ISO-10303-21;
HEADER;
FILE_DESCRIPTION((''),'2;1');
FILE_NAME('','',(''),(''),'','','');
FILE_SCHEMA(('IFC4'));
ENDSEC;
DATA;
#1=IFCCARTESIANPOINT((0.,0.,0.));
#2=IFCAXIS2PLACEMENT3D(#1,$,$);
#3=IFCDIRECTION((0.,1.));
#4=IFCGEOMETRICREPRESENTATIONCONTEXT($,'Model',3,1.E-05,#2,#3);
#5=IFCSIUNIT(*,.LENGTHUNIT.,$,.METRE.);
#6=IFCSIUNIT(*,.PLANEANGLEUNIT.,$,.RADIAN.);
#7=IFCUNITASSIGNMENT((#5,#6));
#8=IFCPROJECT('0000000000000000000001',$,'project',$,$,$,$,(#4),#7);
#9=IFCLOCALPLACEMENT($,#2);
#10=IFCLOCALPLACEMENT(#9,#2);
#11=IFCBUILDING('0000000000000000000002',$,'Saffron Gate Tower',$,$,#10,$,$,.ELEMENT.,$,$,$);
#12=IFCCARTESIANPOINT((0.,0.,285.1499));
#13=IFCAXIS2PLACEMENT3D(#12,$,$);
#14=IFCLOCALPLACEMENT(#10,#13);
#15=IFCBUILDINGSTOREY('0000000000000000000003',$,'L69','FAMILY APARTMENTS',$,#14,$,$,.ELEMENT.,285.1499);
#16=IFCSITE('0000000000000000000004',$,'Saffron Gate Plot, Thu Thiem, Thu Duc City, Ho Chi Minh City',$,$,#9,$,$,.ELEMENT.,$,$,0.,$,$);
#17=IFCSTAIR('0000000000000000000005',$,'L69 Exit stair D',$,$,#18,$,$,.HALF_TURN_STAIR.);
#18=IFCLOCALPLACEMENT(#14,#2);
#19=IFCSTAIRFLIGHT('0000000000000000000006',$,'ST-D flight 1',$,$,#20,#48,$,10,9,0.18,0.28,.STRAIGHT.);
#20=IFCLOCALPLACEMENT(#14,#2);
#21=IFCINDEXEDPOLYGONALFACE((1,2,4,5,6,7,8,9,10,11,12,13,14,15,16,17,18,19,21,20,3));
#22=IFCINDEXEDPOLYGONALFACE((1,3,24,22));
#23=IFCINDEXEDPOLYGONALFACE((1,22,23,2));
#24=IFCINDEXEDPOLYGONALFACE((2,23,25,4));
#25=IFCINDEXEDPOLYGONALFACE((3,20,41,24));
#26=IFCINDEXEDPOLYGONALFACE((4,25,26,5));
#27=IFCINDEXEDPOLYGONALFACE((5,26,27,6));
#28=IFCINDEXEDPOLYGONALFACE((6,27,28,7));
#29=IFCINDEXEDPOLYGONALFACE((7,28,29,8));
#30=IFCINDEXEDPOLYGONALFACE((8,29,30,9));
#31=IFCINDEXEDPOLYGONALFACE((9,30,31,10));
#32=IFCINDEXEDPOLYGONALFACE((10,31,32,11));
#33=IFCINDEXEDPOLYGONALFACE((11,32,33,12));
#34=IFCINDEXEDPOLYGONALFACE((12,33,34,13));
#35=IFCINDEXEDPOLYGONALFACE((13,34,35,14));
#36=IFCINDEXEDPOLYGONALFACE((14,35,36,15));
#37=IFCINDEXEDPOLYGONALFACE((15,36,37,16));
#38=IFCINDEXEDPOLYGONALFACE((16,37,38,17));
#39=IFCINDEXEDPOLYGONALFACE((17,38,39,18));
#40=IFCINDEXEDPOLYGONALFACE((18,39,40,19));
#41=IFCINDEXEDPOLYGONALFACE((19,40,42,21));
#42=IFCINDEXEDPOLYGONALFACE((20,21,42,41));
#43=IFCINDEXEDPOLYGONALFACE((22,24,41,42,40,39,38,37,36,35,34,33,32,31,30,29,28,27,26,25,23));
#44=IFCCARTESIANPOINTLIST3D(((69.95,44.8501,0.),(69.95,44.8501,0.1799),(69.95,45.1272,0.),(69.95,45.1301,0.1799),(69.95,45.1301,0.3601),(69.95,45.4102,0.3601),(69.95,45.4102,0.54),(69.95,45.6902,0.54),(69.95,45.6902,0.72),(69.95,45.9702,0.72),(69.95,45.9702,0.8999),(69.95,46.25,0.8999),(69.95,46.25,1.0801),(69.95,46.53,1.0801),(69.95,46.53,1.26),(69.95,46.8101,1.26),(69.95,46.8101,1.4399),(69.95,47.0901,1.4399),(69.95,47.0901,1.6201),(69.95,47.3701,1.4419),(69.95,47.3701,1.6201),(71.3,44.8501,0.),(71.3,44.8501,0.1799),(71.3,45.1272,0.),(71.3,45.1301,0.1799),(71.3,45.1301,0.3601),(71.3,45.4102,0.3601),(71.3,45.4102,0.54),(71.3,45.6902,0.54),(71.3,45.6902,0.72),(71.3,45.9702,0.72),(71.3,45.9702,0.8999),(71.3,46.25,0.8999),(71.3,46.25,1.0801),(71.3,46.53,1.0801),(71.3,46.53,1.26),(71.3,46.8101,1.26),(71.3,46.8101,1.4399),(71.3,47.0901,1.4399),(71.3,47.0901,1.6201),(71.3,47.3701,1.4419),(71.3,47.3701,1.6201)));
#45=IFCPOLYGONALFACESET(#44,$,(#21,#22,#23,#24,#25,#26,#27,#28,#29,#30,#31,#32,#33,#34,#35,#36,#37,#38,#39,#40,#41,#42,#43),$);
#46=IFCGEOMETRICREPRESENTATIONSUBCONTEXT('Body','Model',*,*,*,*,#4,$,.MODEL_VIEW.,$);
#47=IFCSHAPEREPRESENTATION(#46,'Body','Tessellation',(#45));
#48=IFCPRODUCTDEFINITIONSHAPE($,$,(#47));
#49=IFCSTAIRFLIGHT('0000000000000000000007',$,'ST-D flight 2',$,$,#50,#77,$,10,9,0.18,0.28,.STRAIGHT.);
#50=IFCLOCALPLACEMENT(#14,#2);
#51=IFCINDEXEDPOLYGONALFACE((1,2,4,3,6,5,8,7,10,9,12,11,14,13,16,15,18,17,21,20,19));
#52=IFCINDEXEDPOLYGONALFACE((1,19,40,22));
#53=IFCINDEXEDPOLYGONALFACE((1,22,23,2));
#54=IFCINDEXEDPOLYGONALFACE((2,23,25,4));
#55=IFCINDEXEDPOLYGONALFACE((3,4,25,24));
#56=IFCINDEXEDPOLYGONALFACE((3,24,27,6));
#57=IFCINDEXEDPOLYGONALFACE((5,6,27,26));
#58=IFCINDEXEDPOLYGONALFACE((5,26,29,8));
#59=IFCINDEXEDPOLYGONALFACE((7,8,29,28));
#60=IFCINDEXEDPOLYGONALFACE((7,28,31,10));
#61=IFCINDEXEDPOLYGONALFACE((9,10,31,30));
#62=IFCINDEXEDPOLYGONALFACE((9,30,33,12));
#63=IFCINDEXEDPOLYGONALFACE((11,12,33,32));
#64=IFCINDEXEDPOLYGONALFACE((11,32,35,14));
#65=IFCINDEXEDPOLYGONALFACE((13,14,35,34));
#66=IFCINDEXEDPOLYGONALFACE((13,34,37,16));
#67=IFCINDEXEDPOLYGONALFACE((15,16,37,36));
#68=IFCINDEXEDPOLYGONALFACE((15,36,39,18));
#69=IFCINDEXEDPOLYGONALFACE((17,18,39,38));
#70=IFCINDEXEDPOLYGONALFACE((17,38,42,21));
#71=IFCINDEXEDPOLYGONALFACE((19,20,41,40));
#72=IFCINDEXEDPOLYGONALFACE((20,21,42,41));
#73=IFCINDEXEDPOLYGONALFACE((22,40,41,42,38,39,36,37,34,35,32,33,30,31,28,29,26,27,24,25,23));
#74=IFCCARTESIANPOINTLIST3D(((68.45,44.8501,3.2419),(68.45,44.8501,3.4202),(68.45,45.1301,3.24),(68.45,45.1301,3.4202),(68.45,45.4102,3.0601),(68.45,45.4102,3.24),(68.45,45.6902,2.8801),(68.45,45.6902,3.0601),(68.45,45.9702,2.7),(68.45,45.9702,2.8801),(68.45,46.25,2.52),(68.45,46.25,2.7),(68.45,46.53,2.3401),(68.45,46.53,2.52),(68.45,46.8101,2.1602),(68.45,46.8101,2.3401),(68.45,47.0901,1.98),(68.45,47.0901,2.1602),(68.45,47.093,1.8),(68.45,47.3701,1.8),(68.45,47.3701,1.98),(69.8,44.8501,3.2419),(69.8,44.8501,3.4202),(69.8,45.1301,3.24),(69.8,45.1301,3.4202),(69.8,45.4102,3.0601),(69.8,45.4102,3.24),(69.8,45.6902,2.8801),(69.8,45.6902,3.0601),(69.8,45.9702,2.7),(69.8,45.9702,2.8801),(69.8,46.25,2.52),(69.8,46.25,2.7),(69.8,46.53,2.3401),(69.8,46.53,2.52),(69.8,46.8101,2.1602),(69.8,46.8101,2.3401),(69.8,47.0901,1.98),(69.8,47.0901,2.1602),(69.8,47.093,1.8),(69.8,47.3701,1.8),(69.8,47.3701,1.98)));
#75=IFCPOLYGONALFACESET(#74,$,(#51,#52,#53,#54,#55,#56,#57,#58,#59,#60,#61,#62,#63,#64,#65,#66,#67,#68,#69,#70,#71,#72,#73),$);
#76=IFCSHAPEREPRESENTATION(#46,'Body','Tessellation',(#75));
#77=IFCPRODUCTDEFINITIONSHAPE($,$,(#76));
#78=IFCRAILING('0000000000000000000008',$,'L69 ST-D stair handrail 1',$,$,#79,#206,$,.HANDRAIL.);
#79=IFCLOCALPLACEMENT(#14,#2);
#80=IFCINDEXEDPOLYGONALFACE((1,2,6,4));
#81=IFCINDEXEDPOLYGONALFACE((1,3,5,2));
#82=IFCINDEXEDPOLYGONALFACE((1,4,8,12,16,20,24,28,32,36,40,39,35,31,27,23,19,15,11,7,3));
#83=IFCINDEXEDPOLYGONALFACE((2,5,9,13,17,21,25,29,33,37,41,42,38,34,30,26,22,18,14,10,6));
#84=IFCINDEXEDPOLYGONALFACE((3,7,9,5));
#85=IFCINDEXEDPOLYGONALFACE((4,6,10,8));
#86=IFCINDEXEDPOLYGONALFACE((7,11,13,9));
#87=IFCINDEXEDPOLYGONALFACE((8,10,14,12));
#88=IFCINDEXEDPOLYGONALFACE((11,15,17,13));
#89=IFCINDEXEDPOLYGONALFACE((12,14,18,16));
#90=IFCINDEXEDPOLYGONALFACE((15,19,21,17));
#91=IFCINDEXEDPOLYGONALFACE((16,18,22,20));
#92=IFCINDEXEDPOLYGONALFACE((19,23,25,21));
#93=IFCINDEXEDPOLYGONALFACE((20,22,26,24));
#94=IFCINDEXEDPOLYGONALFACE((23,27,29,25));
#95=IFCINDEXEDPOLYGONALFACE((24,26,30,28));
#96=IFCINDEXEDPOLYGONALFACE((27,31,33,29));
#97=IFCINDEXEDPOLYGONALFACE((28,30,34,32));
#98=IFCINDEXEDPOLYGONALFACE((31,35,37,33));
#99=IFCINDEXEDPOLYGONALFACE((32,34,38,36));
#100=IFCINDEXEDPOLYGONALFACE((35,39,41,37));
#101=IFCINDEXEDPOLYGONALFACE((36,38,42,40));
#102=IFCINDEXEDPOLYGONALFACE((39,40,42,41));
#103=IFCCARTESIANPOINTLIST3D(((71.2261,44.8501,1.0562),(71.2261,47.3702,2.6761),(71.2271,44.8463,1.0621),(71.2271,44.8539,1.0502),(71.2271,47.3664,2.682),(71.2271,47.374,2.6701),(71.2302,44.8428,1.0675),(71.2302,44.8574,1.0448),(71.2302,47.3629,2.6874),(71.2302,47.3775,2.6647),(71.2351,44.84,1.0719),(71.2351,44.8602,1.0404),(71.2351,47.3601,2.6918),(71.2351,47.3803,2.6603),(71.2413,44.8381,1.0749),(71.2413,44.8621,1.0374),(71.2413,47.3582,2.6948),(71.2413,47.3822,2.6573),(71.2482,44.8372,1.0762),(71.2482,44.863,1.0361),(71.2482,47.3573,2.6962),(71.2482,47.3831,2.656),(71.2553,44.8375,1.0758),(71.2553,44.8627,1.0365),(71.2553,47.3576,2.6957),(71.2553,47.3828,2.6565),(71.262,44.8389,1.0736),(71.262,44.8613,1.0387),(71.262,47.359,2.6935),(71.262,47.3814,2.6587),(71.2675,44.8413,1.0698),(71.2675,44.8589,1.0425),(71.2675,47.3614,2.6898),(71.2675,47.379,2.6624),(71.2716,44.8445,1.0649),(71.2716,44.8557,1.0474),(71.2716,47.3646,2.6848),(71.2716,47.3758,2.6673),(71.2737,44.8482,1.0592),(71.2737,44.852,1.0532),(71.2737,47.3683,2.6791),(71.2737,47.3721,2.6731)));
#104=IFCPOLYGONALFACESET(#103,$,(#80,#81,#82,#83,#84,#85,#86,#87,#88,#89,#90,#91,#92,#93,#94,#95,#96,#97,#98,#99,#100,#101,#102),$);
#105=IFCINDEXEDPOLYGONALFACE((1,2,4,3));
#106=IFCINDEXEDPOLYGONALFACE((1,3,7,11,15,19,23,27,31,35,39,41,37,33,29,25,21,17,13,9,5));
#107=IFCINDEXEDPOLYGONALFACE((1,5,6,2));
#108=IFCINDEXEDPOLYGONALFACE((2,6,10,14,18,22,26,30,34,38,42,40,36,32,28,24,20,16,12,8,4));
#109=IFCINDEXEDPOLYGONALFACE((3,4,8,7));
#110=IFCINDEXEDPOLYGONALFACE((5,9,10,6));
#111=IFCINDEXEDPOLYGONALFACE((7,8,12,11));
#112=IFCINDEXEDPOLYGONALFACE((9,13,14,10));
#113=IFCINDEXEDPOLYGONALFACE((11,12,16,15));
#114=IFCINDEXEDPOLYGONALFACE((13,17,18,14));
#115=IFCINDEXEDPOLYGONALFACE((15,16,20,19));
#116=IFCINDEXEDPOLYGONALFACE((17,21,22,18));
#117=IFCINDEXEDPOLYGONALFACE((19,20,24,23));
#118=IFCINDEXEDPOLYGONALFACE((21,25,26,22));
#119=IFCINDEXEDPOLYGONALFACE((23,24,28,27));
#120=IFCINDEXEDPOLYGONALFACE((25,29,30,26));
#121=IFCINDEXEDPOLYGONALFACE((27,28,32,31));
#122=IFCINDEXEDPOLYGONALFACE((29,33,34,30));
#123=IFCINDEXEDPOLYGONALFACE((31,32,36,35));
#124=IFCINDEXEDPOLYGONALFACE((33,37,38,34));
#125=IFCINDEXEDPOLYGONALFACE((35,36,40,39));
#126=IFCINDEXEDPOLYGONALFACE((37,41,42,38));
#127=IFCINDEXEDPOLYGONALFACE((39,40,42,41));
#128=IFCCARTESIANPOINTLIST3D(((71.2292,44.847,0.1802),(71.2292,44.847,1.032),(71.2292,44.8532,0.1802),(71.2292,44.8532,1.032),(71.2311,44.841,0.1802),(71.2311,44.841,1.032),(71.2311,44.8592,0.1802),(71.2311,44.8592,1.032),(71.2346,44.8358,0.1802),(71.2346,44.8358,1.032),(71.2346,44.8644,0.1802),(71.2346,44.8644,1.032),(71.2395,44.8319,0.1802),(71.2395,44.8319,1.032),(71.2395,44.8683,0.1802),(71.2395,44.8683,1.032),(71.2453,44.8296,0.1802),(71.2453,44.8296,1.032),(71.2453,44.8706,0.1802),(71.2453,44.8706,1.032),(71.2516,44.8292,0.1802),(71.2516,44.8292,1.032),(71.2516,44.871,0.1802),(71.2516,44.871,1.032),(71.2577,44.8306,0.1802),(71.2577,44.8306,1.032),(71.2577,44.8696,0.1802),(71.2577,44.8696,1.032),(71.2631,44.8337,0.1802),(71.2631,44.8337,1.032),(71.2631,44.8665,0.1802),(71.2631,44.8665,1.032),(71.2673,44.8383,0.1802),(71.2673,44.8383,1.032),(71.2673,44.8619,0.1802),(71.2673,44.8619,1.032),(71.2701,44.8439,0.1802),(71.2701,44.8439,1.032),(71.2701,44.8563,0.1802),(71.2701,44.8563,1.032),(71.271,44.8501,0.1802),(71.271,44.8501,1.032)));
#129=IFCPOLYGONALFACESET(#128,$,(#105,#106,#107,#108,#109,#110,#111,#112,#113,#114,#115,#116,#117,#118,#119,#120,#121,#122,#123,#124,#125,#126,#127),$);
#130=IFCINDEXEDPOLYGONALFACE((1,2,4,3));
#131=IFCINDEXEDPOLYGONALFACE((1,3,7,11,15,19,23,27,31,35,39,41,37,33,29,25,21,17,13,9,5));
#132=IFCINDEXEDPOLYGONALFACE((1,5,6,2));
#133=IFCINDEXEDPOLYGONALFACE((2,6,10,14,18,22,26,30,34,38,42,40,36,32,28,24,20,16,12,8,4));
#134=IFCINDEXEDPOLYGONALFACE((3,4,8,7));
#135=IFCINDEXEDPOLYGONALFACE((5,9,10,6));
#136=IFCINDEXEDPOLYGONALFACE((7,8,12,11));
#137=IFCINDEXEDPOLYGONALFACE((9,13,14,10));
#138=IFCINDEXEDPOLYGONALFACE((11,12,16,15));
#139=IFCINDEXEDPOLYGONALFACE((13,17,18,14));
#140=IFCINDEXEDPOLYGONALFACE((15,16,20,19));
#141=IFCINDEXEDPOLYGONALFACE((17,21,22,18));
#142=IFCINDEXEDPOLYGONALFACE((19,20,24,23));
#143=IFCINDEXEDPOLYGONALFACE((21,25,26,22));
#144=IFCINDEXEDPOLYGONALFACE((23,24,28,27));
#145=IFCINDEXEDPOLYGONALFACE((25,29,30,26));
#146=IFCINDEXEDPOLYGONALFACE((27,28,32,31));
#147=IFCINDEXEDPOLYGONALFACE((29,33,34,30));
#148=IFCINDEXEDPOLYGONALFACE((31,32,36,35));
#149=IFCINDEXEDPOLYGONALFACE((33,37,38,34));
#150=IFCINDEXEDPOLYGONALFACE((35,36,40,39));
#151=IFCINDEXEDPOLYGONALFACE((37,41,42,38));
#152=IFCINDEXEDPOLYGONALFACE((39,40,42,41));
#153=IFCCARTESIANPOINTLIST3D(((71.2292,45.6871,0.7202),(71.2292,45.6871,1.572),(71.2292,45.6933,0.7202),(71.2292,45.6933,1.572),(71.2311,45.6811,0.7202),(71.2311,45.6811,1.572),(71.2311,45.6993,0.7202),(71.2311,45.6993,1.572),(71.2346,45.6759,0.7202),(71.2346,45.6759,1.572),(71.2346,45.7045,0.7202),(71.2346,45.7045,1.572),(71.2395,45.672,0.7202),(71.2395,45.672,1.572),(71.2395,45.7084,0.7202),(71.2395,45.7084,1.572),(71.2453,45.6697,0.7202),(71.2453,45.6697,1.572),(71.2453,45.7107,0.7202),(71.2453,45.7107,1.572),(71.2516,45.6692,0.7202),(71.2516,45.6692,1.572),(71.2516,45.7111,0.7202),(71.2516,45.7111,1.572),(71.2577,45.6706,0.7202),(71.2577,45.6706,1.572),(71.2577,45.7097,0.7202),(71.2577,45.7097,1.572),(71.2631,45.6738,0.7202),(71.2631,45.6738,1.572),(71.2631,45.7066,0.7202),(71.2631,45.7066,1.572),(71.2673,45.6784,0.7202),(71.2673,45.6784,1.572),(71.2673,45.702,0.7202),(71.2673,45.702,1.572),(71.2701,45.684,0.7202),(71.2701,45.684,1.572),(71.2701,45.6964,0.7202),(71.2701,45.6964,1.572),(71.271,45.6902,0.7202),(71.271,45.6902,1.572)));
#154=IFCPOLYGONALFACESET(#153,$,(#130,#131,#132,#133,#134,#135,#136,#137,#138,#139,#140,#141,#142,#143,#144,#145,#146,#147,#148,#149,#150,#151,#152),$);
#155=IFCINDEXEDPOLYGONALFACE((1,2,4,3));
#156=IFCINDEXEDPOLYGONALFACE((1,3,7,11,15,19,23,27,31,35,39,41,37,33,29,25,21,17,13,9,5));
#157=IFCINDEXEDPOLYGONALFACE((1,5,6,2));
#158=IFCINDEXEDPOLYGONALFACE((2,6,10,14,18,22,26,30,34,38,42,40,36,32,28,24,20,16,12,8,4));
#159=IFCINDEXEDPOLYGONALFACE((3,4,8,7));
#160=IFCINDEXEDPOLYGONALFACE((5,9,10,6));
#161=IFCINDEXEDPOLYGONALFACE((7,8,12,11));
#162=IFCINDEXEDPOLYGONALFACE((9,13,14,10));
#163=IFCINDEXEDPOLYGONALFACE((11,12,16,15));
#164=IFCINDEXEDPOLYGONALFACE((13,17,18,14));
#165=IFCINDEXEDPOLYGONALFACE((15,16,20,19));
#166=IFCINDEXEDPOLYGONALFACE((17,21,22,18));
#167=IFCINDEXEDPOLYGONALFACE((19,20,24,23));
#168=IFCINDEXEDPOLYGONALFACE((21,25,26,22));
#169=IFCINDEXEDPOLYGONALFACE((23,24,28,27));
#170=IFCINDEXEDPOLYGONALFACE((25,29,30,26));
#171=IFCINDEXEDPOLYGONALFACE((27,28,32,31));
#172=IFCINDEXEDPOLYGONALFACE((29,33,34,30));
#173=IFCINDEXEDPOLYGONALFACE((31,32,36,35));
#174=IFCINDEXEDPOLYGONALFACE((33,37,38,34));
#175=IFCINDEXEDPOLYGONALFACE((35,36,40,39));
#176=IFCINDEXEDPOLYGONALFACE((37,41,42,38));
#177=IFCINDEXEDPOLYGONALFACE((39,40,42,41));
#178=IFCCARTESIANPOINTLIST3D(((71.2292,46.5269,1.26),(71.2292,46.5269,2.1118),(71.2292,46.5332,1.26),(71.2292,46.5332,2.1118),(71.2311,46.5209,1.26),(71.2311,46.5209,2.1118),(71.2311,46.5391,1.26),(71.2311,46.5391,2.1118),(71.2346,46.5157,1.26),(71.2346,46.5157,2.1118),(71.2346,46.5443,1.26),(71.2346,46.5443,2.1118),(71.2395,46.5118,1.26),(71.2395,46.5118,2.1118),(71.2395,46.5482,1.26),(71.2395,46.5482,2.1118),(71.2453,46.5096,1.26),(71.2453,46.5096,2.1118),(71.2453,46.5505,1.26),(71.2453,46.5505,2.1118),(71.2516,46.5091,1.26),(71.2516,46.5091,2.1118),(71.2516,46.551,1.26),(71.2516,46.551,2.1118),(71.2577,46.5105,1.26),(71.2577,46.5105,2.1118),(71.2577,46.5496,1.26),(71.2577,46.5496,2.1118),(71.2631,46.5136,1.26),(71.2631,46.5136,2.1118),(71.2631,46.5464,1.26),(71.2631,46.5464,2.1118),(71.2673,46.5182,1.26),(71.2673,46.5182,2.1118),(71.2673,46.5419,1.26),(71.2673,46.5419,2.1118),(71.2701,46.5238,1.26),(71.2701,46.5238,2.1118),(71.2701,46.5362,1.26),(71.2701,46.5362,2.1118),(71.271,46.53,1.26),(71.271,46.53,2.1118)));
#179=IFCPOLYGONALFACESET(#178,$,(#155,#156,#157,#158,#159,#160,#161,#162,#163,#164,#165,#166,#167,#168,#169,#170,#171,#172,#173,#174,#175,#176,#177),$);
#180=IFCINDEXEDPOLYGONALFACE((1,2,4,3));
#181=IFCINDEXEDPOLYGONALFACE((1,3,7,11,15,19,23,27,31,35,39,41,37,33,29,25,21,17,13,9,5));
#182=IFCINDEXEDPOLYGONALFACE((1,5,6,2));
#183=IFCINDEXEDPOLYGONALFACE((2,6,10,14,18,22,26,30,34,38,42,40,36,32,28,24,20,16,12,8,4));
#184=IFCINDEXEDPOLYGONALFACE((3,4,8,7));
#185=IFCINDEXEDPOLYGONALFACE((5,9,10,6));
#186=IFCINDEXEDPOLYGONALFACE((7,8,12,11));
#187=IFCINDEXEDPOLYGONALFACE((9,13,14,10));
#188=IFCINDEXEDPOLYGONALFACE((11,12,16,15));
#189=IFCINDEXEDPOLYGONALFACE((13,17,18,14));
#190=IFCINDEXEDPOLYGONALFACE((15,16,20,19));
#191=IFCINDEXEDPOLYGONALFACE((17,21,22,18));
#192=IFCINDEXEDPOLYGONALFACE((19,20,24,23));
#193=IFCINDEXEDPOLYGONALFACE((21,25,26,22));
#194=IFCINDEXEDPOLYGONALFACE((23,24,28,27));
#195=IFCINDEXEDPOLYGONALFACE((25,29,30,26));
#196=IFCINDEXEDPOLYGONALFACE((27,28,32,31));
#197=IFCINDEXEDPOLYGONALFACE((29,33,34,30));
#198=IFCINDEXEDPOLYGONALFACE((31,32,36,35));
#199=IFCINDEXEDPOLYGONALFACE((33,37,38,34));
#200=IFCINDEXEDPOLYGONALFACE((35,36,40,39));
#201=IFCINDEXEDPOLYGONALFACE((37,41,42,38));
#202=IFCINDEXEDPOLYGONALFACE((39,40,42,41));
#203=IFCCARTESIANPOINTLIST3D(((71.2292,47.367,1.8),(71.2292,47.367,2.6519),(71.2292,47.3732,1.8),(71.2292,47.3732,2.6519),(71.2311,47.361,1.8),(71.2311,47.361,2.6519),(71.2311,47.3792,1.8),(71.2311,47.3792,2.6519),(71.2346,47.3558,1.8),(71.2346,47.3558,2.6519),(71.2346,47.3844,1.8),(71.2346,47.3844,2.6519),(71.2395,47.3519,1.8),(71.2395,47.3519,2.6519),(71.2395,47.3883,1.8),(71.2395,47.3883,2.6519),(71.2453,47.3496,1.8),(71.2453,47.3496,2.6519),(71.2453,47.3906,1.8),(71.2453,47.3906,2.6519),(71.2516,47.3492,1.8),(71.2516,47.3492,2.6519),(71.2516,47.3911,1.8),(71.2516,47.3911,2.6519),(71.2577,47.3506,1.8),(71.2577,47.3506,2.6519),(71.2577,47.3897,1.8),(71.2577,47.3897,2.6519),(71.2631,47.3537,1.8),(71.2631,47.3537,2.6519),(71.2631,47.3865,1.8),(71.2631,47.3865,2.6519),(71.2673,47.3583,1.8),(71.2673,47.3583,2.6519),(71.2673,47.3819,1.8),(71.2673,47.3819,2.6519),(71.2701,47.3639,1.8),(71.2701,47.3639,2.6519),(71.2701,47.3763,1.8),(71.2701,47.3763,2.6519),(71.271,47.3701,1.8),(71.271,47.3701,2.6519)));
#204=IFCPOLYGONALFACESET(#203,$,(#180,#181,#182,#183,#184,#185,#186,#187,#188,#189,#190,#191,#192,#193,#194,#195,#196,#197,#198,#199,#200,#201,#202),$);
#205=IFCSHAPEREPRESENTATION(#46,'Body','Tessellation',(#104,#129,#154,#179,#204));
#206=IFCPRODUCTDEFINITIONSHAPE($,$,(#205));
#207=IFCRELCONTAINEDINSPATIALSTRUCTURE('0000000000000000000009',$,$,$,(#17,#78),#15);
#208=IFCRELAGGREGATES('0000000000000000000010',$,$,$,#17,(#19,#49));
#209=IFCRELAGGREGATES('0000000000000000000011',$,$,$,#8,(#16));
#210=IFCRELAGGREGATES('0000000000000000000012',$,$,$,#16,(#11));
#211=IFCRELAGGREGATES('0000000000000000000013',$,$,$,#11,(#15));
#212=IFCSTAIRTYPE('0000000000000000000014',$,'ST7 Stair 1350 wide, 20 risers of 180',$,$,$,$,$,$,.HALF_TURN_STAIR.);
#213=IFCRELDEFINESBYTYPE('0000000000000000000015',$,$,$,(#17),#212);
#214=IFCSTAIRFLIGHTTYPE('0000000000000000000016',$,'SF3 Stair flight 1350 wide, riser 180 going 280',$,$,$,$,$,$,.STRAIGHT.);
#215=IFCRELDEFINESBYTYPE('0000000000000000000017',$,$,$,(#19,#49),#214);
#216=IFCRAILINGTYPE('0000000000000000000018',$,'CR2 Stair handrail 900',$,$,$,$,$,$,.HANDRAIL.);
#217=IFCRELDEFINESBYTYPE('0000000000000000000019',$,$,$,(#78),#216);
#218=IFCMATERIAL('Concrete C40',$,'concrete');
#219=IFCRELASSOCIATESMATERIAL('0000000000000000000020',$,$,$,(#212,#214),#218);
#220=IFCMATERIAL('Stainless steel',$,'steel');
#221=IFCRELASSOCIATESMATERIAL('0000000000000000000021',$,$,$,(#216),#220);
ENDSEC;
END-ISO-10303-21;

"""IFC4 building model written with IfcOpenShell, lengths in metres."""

from ifc_helpers import new_model, si_unit, direction, frame, origin, origin_2d, place, context, subcontext, project, spatial, polyline, circle, outline, extrude, material, type_object, element, aggregate, save


model = new_model("IFC4")

# Units and contexts
model_context = context("Model", 3, precision=1e-05, world=origin(), true_north=direction((0.0, 1.0)))
body_context = subcontext(model_context, "Body", "Model", "MODEL_VIEW")
ifc_project = project(units=[si_unit("LENGTHUNIT", "METRE"), si_unit("PLANEANGLEUNIT", "RADIAN")], contexts=[model_context])

# Site, building, storey
site_placement = place(None, origin())
site = spatial("IfcSite", under=ifc_project, at=site_placement, Name="Saffron Gate Plot, Thu Thiem, Thu Duc City, Ho Chi Minh City", CompositionType="ELEMENT", RefElevation=0.0)
building_placement = place(site_placement, origin())
building = spatial("IfcBuilding", under=site, at=building_placement, Name="Saffron Gate Tower", CompositionType="ELEMENT")
storey_placement = place(building_placement, frame((0.0, 0.0, 285.1499)))
storey = spatial("IfcBuildingStorey", under=building, at=storey_placement, Name="L69", Description="FAMILY APARTMENTS", CompositionType="ELEMENT", Elevation=285.1499)

# Shared definitions
ifc_material_1 = material(Name="Concrete C40", Category="concrete")

# Stair, stair flights
stair_type = type_object("IfcStairType", Name="ST7 Stair 1350 wide, 20 risers of 180", PredefinedType="HALF_TURN_STAIR", material=ifc_material_1)
stair_placement = place(storey_placement, origin())
stair = element("IfcStair", 1, at=stair_placement, inside=storey, type_object=stair_type, Name="L69 Exit stair D", PredefinedType="HALF_TURN_STAIR")
stair_flight_type = type_object("IfcStairFlightType", Name="SF3 Stair flight 1350 wide, riser 180 going 280", PredefinedType="STRAIGHT", material=ifc_material_1)
stair_flight_1_placement = place(storey_placement, frame((70.625, 44.8501, 0.0), z_axis=(0.0, 0.0, 1.0), x_axis=(0.0, 1.0, 0.0)))
stair_flight_1 = element("IfcStairFlight", 2, at=stair_flight_1_placement, type_object=stair_flight_type, Name="ST-D flight 1", NumberOfRisers=10, NumberOfTreads=9, PredefinedType="STRAIGHT", RiserHeight=0.18, TreadLength=0.28, context=body_context, shape_type="SweptSolid", body=[
    extrude(outline(polyline([(0.0, 0.0), (0.0, 0.1799), (0.28, 0.1799), (0.28, 0.3601), (0.5601, 0.3601), (0.5601, 0.54), (0.8401, 0.54), (0.8401, 0.72), (1.1201, 0.72), (1.1201, 0.8999), (1.3999, 0.8999), (1.3999, 1.0801), (1.6799, 1.0801), (1.6799, 1.26), (1.96, 1.26), (1.96, 1.4399), (2.24, 1.4399), (2.24, 1.6201), (2.52, 1.6201), (2.52, 1.8), (2.52, 1.4419), (0.2771, 0.0), (0.0, 0.0)])), frame((0.0, 0.675, 0.0), z_axis=(0.0, -1.0, 0.0), x_axis=(1.0, 0.0, 0.0)), (0.0, 0.0, 1.0), 1.3501),
])
stair_flight_2_placement = place(storey_placement, frame((69.125, 47.3701, 1.8), z_axis=(0.0, 0.0, 1.0), x_axis=(0.0, -1.0, 0.0)))
stair_flight_2 = element("IfcStairFlight", 3, at=stair_flight_2_placement, type_object=stair_flight_type, Name="ST-D flight 2", NumberOfRisers=10, NumberOfTreads=9, PredefinedType="STRAIGHT", RiserHeight=0.18, TreadLength=0.28, context=body_context, shape_type="SweptSolid", body=[
    extrude(outline(polyline([(0.0, 0.0), (0.0, 0.1799), (0.28, 0.1799), (0.28, 0.3601), (0.5601, 0.3601), (0.5601, 0.54), (0.8401, 0.54), (0.8401, 0.72), (1.1201, 0.72), (1.1201, 0.8999), (1.3999, 0.8999), (1.3999, 1.0801), (1.6799, 1.0801), (1.6799, 1.26), (1.96, 1.26), (1.96, 1.4399), (2.24, 1.4399), (2.24, 1.6201), (2.52, 1.6201), (2.52, 1.8), (2.52, 1.4419), (0.2771, 0.0), (0.0, 0.0)])), frame((0.0, 0.675, 0.0), z_axis=(0.0, -1.0, 0.0), x_axis=(1.0, 0.0, 0.0)), (0.0, 0.0, 1.0), 1.3501),
])
aggregate(stair, [stair_flight_1, stair_flight_2])

# Railing
ifc_material_2 = material(Name="Stainless steel", Category="steel")
railing_type_1 = type_object("IfcRailingType", Name="CR2 Stair handrail 900", PredefinedType="HANDRAIL", material=ifc_material_2)
railing_1_placement = place(storey_placement, frame((71.25, 44.8501, 0.1802)))
element("IfcRailing", 4, at=railing_1_placement, inside=storey, type_object=railing_type_1, Name="L69 ST-D stair handrail 1", PredefinedType="HANDRAIL", context=body_context, shape_type="SweptSolid", body=[
    extrude(circle(Radius=0.0239, at=origin_2d()), frame((0.0, 0.0, 0.876), z_axis=(0.0, 0.8412, 0.540725), x_axis=(-1.0, 0.0, 0.0)), (0.0, 0.0, 1.0), 2.9958),
    extrude(circle(Radius=0.021, at=origin_2d()), origin(), (0.0, 0.0, 1.0), 0.8518),
    extrude(circle(Radius=0.021, at=origin_2d()), frame((0.0, 0.8401, 0.54)), (0.0, 0.0, 1.0), 0.8518),
    extrude(circle(Radius=0.021, at=origin_2d()), frame((0.0, 1.6799, 1.0798)), (0.0, 0.0, 1.0), 0.8518),
    extrude(circle(Radius=0.021, at=origin_2d()), frame((0.0, 2.52, 1.6199)), (0.0, 0.0, 1.0), 0.8518),
])

save(model, "model.ifc")
